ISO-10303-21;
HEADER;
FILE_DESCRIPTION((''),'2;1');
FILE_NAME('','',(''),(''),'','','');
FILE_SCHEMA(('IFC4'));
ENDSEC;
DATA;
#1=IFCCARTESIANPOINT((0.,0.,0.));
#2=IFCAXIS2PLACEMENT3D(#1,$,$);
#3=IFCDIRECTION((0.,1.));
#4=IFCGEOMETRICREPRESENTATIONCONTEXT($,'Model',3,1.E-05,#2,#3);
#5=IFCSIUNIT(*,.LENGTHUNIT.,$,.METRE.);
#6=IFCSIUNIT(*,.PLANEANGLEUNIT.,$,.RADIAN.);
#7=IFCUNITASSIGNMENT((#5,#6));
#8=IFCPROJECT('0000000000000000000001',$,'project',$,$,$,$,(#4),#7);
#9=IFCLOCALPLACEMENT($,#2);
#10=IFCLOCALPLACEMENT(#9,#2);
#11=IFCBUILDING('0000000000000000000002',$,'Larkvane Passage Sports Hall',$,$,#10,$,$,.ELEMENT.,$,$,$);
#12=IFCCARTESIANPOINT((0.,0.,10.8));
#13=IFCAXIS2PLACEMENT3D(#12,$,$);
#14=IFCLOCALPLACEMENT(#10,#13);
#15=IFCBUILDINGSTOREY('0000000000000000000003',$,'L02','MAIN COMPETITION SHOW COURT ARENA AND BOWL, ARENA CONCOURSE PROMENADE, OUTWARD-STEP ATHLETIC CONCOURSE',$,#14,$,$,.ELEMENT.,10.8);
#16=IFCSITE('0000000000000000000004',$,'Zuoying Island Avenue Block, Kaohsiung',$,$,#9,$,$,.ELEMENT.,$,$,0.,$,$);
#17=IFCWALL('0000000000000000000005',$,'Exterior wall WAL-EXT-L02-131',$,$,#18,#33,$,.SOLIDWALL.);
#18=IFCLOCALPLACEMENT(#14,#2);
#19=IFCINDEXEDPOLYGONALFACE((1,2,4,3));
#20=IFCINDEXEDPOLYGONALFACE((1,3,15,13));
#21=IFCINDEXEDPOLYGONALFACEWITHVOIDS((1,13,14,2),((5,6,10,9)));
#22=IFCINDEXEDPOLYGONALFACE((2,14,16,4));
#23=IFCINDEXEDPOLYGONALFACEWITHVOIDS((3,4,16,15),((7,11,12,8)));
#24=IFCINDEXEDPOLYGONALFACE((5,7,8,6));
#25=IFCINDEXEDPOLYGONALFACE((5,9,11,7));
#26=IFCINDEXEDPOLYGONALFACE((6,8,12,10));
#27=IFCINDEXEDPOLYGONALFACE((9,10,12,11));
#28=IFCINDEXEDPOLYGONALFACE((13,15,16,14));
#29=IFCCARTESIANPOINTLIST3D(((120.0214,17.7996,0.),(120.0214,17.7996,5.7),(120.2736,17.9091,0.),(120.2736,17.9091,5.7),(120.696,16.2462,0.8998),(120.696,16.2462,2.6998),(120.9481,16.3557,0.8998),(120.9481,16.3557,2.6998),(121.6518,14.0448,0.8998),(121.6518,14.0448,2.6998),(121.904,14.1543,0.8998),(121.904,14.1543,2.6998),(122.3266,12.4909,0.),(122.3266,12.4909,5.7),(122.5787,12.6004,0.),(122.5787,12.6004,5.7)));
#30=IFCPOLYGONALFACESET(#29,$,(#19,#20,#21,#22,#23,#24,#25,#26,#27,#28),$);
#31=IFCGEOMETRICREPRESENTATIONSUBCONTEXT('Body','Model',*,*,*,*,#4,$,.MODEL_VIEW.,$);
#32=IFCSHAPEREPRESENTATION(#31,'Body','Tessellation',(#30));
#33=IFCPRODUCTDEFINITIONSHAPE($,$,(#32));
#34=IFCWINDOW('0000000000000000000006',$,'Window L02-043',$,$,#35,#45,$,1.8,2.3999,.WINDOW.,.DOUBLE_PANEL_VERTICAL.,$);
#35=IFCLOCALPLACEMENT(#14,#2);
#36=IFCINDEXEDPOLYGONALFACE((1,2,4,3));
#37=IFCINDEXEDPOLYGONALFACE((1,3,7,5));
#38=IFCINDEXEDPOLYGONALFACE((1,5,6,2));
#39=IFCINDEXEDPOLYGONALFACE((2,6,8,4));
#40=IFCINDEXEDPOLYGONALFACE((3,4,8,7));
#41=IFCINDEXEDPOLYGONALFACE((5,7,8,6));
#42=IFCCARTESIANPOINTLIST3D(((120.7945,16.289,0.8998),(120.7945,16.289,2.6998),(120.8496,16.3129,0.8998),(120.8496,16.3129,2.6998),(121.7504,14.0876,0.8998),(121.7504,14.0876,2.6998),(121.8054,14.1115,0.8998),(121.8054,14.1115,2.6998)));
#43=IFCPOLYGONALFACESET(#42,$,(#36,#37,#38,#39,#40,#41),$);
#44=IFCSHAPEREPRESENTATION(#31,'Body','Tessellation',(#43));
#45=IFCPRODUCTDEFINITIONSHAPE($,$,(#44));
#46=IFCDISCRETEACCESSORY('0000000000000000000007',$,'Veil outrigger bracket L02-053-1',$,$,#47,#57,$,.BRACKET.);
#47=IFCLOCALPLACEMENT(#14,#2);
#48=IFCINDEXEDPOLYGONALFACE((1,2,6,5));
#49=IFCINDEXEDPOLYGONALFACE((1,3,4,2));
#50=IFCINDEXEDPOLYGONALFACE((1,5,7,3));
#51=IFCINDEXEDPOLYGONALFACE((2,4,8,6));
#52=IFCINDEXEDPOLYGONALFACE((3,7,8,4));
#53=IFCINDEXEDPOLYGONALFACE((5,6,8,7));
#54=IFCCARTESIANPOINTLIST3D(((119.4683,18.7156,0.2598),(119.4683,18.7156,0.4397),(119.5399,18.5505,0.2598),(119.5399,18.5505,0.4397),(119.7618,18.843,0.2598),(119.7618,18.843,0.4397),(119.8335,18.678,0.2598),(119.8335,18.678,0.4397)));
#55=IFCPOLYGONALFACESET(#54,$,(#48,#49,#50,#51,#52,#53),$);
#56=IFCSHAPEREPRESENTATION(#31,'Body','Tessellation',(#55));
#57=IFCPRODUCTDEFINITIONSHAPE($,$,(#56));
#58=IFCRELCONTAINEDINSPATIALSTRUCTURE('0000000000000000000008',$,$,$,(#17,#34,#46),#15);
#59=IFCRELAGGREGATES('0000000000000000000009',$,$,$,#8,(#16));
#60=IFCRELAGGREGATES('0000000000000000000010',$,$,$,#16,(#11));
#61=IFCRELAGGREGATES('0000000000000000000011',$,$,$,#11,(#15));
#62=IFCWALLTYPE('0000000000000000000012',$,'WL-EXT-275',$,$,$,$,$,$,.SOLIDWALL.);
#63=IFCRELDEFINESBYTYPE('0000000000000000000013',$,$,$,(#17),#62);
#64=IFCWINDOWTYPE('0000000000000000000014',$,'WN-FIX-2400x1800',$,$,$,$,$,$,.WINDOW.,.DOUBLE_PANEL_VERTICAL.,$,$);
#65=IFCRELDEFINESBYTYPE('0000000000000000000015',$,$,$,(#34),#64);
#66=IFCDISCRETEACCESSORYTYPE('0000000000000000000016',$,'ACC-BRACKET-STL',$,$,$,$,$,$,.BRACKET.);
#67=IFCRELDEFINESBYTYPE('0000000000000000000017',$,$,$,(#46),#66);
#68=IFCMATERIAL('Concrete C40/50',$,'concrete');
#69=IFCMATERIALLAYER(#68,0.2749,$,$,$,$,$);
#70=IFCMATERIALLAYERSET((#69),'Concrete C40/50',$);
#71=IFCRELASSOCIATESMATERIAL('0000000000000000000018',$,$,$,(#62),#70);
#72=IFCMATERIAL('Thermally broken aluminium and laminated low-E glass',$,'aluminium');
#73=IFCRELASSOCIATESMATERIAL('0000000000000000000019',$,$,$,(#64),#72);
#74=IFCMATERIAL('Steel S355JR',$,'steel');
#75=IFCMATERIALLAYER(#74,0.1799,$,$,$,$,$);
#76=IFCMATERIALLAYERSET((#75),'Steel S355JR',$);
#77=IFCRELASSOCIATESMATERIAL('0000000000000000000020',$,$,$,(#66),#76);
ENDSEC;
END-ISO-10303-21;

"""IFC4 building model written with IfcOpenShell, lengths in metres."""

from ifc_helpers import new_model, si_unit, direction, frame, frame_2d, origin, origin_2d, place, context, subcontext, project, spatial, rectangle, extrude, material, layer, layer_set, type_object, element, fill, save


model = new_model("IFC4")

# Units and contexts
model_context = context("Model", 3, precision=1e-05, world=origin(), true_north=direction((0.0, 1.0)))
body_context = subcontext(model_context, "Body", "Model", "MODEL_VIEW")
ifc_project = project(units=[si_unit("LENGTHUNIT", "METRE"), si_unit("PLANEANGLEUNIT", "RADIAN")], contexts=[model_context])

# Site, building, storey
site_placement = place(None, origin())
site = spatial("IfcSite", under=ifc_project, at=site_placement, Name="Zuoying Island Avenue Block, Kaohsiung", CompositionType="ELEMENT", RefElevation=0.0)
building_placement = place(site_placement, origin())
building = spatial("IfcBuilding", under=site, at=building_placement, Name="Larkvane Passage Sports Hall", CompositionType="ELEMENT")
storey_placement = place(building_placement, frame((0.0, 0.0, 10.8)))
storey = spatial("IfcBuildingStorey", under=building, at=storey_placement, Name="L02", Description="MAIN COMPETITION SHOW COURT ARENA AND BOWL, ARENA CONCOURSE PROMENADE, OUTWARD-STEP ATHLETIC CONCOURSE", CompositionType="ELEMENT", Elevation=10.8)

# Wall, opening, window
ifc_material_1 = material(Name="Concrete C40/50", Category="concrete")
ifc_layer_1 = layer(ifc_material_1, 0.2749)
ifc_layer_set_1 = layer_set([ifc_layer_1], Name="Concrete C40/50")
wall_type = type_object("IfcWallType", Name="WL-EXT-275", PredefinedType="SOLIDWALL", material=ifc_layer_set_1)
wall_placement = place(storey_placement, frame((122.4526, 12.5457, 0.0), z_axis=(0.0, 0.0, 1.0), x_axis=(-0.398288, 0.91726, 0.0)))
wall = element("IfcWall", 1, at=wall_placement, inside=storey, type_object=wall_type, Name="Exterior wall WAL-EXT-L02-131", PredefinedType="SOLIDWALL", context=body_context, shape_type="SweptSolid", body=[
    extrude(rectangle(XDim=5.7876, YDim=0.2749, at=frame_2d((2.8938, 0.0))), origin(), (0.0, 0.0, 1.0), 5.7),
])
opening_placement = place(wall_placement, frame((1.6941, 0.0, 0.8999)))
opening = element("IfcOpeningElement", 2, at=opening_placement, cuts=wall, PredefinedType="OPENING", context=body_context, shape_type="SweptSolid", body=[
    extrude(rectangle(XDim=2.3999, YDim=1.8, at=frame_2d((1.2, 0.8999))), frame((0.0, 0.1475, 0.0), z_axis=(0.0, -1.0, 0.0), x_axis=(1.0, 0.0, 0.0)), (0.0, 0.0, 1.0), 0.2949),
])
ifc_material_2 = material(Name="Thermally broken aluminium and laminated low-E glass", Category="aluminium")
window_type = type_object("IfcWindowType", Name="WN-FIX-2400x1800", PartitioningType="DOUBLE_PANEL_VERTICAL", PredefinedType="WINDOW", material=ifc_material_2)
window_placement = place(opening_placement, origin())
window = element("IfcWindow", 3, at=window_placement, inside=storey, type_object=window_type, Name="Window L02-043", OverallHeight=1.8, OverallWidth=2.3999, PartitioningType="DOUBLE_PANEL_VERTICAL", PredefinedType="WINDOW", context=body_context, shape_type="SweptSolid", body=[
    extrude(rectangle(XDim=2.3999, YDim=1.8, at=frame_2d((1.2, 0.8999))), frame((0.0, 0.03, 0.0), z_axis=(0.0, -1.0, 0.0), x_axis=(1.0, 0.0, 0.0)), (0.0, 0.0, 1.0), 0.0601),
])
fill(opening, window)

# Discrete accessory
ifc_material_3 = material(Name="Steel S355JR", Category="steel")
ifc_layer_2 = layer(ifc_material_3, 0.1799)
ifc_layer_set_2 = layer_set([ifc_layer_2], Name="Steel S355JR")
discrete_accessory_type = type_object("IfcDiscreteAccessoryType", Name="ACC-BRACKET-STL", PredefinedType="BRACKET", material=ifc_layer_set_2)
discrete_accessory_placement = place(storey_placement, frame((119.6509, 18.6968, 0.2598), z_axis=(0.0, 0.0, 1.0), x_axis=(-0.398285, 0.917262, 0.0)))
element("IfcDiscreteAccessory", 4, at=discrete_accessory_placement, inside=storey, type_object=discrete_accessory_type, Name="Veil outrigger bracket L02-053-1", PredefinedType="BRACKET", context=body_context, shape_type="SweptSolid", body=[
    extrude(rectangle(XDim=0.1799, YDim=0.3201, at=origin_2d()), origin(), (0.0, 0.0, 1.0), 0.1799),
])

save(model, "model.ifc")
